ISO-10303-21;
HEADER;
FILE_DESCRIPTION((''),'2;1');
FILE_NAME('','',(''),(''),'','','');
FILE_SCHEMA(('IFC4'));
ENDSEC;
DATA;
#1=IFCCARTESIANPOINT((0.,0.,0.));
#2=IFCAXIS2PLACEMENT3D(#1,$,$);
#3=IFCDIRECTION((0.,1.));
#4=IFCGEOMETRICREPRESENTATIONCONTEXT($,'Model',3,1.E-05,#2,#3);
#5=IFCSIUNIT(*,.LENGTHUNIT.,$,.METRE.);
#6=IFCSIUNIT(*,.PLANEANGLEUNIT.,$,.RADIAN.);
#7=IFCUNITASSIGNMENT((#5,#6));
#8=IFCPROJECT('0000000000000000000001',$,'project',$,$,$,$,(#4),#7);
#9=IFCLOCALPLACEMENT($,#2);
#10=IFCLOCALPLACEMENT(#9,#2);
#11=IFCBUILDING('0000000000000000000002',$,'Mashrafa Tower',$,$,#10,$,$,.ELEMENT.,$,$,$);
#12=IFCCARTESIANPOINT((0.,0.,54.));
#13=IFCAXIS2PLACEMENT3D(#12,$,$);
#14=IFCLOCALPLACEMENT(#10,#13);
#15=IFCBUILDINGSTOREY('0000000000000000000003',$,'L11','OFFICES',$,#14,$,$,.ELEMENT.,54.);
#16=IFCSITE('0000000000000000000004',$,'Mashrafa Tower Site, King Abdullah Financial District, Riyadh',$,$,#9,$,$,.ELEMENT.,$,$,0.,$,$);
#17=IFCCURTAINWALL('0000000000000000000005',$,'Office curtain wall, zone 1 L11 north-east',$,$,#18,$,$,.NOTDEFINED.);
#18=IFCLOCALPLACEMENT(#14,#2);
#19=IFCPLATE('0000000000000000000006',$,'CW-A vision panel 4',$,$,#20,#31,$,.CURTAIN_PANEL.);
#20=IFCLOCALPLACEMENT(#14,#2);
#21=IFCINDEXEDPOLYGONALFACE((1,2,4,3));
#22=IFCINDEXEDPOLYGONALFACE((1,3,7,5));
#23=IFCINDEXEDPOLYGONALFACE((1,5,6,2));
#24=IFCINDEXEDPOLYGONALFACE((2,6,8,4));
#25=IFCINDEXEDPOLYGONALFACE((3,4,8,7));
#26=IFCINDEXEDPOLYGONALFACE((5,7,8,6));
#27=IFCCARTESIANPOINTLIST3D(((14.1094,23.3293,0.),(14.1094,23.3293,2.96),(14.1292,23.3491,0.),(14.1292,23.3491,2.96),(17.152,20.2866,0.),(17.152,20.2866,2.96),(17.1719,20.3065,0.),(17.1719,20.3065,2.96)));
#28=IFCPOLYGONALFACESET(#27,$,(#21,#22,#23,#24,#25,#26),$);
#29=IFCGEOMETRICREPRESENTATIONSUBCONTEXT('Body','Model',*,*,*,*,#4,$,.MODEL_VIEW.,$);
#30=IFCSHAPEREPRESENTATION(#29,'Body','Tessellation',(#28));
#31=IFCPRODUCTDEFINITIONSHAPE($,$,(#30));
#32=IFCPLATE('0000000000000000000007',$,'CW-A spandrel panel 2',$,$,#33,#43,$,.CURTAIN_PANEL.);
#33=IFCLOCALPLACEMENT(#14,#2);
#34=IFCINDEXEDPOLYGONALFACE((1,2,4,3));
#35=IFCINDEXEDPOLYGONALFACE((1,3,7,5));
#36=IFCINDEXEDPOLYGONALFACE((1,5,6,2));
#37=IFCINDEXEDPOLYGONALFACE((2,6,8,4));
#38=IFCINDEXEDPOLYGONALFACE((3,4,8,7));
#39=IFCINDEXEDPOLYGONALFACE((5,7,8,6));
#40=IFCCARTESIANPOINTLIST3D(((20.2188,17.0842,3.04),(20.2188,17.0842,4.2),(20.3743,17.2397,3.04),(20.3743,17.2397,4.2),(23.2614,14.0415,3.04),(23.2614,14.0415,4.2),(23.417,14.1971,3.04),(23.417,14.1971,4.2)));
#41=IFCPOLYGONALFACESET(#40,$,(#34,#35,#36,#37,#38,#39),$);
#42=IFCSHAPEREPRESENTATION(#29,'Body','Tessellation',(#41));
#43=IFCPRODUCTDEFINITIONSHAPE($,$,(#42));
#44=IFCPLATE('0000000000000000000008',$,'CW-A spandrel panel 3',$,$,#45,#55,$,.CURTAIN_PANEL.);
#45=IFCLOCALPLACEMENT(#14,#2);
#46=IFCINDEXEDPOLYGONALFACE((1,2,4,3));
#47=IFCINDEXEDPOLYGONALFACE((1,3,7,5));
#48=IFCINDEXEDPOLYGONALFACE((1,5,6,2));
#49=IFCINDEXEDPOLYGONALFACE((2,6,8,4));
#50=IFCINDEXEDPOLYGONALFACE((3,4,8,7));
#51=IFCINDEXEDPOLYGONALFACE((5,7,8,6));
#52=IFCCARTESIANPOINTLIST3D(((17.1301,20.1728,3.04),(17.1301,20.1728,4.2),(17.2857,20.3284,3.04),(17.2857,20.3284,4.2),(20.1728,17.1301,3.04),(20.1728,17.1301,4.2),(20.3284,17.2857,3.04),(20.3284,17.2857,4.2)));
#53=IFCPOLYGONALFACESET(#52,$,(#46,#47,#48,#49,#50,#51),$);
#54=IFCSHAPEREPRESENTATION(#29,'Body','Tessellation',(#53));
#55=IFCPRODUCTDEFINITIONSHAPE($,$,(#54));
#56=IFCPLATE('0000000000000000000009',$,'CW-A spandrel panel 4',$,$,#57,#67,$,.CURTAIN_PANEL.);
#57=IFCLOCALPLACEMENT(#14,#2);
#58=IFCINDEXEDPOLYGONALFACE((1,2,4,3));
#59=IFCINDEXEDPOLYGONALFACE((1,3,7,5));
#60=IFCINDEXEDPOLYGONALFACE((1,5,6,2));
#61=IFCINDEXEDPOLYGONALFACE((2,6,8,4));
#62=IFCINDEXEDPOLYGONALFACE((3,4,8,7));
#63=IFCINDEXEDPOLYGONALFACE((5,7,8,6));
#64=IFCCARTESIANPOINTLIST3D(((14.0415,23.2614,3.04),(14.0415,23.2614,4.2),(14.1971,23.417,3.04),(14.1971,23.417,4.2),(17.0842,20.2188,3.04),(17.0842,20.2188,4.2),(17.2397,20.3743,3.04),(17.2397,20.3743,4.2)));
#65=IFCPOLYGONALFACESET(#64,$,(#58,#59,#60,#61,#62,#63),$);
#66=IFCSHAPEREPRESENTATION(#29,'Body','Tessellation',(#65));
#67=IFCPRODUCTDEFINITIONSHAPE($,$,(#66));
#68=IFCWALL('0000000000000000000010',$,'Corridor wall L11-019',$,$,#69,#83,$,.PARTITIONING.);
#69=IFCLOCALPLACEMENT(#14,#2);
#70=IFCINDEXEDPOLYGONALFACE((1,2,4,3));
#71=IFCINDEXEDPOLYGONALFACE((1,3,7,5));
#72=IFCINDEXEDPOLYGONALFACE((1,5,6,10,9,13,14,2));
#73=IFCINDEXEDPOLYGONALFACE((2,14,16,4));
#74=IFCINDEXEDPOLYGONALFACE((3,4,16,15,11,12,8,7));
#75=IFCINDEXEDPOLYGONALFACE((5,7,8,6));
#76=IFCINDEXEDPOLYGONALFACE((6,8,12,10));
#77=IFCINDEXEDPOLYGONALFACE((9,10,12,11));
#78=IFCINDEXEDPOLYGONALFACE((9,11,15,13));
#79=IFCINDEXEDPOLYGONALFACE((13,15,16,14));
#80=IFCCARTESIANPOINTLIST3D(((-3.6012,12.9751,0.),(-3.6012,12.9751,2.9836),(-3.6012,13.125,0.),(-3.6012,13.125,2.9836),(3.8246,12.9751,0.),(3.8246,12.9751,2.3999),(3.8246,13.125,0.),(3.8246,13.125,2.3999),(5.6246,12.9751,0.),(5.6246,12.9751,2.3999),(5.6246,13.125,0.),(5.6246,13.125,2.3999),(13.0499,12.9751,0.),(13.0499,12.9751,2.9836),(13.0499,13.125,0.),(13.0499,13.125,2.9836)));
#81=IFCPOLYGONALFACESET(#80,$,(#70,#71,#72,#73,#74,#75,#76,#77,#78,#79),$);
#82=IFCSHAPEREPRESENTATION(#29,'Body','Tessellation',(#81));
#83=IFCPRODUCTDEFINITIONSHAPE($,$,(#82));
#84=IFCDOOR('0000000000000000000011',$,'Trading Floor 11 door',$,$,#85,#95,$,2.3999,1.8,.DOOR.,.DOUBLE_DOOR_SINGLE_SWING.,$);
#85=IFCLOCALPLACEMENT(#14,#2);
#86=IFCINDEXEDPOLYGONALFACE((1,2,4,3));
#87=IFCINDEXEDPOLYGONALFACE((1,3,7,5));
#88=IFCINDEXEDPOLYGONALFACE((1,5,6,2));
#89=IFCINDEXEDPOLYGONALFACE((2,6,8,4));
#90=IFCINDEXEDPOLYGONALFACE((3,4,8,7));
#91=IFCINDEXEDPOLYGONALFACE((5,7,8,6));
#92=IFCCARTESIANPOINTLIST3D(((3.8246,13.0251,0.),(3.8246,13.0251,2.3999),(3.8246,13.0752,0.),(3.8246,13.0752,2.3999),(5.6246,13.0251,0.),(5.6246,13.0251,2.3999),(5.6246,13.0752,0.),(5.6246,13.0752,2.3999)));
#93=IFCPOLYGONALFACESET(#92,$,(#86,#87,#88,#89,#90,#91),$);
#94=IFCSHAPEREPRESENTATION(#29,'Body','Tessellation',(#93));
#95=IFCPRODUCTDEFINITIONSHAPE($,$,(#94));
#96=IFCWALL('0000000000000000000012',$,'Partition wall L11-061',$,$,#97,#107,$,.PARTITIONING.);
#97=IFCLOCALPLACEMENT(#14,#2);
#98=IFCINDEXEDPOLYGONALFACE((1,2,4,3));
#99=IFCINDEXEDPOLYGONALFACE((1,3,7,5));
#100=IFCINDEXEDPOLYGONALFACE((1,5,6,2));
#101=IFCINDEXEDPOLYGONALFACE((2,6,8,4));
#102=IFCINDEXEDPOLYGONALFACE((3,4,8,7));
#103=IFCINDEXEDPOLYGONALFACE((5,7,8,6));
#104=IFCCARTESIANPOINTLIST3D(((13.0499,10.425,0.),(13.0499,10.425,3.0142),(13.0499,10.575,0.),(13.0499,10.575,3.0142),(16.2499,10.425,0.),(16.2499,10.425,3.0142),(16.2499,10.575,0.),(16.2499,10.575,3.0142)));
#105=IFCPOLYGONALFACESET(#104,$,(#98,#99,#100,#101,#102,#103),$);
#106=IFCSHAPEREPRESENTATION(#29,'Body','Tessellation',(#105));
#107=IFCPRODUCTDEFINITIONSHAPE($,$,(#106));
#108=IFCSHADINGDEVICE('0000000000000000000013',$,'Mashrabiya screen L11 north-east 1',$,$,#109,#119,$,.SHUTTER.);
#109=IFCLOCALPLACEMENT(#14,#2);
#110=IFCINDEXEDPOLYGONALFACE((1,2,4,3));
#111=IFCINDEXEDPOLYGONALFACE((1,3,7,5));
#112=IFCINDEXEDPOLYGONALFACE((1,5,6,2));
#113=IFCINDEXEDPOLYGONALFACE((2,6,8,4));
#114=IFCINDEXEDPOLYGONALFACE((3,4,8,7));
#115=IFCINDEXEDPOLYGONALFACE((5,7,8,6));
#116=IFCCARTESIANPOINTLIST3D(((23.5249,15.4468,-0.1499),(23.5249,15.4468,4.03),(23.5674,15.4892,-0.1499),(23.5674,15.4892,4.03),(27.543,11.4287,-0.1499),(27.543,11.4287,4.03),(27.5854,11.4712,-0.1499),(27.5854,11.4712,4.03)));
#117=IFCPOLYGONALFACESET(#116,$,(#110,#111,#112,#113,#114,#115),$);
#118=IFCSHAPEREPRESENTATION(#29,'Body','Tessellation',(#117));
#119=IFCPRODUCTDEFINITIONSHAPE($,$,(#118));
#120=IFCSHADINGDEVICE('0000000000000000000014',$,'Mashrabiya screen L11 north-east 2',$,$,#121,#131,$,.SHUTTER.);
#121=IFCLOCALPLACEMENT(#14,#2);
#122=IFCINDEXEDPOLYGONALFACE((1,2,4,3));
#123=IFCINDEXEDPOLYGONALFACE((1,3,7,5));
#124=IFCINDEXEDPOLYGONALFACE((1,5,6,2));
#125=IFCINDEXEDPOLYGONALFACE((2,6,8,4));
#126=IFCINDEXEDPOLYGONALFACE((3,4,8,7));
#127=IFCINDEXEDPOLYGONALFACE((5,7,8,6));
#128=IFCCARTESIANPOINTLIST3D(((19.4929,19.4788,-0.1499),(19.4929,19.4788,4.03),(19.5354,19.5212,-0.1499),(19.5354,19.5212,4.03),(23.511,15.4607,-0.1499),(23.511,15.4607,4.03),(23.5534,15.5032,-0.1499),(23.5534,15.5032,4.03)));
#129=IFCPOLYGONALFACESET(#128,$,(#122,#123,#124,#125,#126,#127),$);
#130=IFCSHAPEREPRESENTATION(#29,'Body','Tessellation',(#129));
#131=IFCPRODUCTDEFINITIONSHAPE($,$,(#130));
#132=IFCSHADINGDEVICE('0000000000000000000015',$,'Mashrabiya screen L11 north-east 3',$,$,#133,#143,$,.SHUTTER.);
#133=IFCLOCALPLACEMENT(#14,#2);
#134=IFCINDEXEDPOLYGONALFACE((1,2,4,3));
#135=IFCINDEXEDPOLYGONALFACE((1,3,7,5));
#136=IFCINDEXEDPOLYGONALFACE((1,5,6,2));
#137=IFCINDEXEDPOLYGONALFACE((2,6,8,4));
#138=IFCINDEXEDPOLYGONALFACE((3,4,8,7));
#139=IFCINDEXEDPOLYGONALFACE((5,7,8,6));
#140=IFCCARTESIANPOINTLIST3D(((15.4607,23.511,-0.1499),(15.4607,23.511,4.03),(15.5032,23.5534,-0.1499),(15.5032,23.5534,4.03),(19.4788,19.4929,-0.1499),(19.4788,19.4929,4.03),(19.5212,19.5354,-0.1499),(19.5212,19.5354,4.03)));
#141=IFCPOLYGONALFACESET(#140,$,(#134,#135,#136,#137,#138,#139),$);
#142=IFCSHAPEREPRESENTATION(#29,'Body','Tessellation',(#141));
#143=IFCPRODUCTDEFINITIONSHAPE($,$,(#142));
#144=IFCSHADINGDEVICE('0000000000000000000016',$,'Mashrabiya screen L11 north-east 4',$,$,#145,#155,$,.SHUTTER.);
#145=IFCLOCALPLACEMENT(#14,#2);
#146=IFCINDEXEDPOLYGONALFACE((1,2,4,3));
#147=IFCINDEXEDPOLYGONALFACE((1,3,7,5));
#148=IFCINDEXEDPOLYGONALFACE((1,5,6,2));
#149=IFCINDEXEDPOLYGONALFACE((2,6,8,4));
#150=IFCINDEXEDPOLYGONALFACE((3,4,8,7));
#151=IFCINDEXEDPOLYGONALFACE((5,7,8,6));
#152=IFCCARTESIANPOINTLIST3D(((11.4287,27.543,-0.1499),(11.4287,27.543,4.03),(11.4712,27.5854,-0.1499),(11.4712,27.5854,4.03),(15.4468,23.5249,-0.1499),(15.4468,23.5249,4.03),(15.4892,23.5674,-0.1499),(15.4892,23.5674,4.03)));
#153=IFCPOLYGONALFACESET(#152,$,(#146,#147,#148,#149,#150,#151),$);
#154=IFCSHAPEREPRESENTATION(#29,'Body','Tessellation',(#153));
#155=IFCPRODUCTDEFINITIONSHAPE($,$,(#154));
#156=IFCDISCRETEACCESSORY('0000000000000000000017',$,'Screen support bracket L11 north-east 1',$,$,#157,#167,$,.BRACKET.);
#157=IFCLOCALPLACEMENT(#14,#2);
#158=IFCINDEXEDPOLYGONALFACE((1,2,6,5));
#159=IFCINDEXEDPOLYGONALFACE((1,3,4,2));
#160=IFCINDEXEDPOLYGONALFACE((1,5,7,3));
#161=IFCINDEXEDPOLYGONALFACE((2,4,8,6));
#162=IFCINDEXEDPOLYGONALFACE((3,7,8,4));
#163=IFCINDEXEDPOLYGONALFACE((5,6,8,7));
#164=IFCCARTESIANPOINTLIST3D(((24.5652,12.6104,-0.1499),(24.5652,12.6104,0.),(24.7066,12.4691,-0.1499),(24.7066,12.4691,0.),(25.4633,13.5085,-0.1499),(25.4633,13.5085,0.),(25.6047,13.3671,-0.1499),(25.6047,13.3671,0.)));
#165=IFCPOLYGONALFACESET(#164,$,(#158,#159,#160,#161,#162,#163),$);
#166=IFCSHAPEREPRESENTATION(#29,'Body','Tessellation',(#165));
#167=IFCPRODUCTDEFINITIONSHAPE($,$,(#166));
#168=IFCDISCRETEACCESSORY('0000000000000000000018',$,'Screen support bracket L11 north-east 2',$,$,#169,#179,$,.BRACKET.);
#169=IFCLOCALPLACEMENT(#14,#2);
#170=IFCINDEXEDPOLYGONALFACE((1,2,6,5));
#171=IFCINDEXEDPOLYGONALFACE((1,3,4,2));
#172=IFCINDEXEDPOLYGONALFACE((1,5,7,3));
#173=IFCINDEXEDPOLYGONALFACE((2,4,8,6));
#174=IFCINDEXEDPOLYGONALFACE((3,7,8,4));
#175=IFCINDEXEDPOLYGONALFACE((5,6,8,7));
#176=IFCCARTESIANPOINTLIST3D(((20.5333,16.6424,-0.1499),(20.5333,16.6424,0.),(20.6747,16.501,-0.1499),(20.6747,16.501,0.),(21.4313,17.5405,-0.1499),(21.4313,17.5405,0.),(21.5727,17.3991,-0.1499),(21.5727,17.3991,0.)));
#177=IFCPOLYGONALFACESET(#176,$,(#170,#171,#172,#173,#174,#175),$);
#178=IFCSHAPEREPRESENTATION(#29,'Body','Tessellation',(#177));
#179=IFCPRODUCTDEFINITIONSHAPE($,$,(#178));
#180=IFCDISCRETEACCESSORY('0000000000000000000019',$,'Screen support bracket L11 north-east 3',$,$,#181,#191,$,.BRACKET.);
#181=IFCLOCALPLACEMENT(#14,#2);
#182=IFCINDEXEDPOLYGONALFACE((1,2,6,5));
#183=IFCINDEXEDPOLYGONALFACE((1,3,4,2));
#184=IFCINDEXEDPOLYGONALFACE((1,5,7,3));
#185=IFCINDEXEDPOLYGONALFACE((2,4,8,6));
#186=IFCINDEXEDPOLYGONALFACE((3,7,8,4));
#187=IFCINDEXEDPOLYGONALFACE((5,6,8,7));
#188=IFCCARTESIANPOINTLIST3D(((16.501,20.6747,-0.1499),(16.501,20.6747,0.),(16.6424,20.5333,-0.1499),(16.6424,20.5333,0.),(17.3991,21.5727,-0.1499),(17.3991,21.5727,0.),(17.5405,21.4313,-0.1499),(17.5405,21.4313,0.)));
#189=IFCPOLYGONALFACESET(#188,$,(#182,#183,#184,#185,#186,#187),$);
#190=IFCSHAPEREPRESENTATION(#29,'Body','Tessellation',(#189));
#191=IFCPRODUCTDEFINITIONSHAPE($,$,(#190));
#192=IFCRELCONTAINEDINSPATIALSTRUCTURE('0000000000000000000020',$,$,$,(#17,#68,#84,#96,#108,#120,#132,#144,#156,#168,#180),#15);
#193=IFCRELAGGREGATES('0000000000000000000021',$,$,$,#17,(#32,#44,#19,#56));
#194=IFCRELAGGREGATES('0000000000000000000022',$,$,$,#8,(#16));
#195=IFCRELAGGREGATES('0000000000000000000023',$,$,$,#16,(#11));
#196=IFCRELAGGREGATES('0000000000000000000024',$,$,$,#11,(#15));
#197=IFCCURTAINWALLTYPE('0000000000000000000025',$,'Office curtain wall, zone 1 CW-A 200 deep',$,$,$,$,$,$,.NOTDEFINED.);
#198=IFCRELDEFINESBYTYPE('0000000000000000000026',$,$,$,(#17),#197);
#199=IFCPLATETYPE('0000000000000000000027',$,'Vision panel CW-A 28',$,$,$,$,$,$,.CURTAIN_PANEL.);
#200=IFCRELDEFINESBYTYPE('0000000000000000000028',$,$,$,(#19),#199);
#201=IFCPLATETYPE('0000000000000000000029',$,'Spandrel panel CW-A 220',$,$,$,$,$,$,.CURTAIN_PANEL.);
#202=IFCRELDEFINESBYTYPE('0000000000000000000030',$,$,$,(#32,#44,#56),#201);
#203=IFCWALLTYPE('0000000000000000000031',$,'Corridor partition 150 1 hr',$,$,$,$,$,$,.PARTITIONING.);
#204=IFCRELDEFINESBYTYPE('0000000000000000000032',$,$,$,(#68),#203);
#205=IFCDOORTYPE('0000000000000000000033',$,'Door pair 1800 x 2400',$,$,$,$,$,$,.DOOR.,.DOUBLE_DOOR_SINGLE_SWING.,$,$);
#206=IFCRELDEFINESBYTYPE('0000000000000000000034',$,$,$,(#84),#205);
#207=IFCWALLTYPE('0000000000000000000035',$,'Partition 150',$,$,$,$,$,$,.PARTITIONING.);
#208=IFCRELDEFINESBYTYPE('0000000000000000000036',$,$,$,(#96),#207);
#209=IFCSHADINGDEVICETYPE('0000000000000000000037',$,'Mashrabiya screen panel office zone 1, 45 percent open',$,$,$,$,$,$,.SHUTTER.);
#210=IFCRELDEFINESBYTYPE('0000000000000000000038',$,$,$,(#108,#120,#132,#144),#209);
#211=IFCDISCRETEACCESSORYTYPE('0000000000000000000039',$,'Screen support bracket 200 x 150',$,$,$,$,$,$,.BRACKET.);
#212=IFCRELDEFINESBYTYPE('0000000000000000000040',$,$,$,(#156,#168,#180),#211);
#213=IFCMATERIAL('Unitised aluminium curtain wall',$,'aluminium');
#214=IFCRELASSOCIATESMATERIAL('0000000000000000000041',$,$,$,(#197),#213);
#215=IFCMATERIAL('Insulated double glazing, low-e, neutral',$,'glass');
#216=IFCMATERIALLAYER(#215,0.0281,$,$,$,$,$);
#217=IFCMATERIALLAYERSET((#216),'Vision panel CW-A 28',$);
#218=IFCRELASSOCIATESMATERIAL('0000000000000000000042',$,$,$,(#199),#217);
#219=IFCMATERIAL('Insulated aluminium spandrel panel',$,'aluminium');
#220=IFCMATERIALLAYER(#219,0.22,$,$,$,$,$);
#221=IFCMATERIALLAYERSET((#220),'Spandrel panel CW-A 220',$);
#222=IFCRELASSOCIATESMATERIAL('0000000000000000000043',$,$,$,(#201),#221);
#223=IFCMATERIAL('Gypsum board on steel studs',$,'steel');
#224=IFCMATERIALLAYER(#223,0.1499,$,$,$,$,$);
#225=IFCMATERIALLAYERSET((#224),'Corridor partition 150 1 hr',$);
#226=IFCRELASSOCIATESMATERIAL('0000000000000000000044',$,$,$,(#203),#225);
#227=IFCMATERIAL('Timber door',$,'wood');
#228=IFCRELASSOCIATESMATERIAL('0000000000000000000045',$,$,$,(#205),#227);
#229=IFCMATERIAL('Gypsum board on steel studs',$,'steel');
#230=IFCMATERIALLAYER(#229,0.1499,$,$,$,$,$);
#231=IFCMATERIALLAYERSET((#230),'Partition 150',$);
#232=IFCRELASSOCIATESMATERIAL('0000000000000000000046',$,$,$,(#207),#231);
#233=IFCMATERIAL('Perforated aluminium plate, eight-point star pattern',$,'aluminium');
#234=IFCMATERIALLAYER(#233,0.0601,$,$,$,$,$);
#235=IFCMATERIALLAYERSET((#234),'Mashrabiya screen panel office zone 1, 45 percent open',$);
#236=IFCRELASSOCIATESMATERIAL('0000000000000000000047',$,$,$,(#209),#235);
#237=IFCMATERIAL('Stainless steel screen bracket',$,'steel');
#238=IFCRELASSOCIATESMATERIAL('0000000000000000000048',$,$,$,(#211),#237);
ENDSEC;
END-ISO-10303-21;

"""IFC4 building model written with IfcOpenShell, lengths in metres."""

from ifc_helpers import new_model, si_unit, direction, frame, frame_2d, origin, origin_2d, place, context, subcontext, project, spatial, rectangle, extrude, source, transform, mapped, material, layer, layer_set, type_object, type_shapes, element, fill, aggregate, save


model = new_model("IFC4")

# Units and contexts
model_context = context("Model", 3, precision=1e-05, world=origin(), true_north=direction((0.0, 1.0)))
body_context = subcontext(model_context, "Body", "Model", "MODEL_VIEW")
ifc_project = project(units=[si_unit("LENGTHUNIT", "METRE"), si_unit("PLANEANGLEUNIT", "RADIAN")], contexts=[model_context])

# Site, building, storey
site_placement = place(None, origin())
site = spatial("IfcSite", under=ifc_project, at=site_placement, Name="Mashrafa Tower Site, King Abdullah Financial District, Riyadh", CompositionType="ELEMENT", RefElevation=0.0)
building_placement = place(site_placement, origin())
building = spatial("IfcBuilding", under=site, at=building_placement, Name="Mashrafa Tower", CompositionType="ELEMENT")
storey_placement = place(building_placement, frame((0.0, 0.0, 54.0)))
storey = spatial("IfcBuildingStorey", under=building, at=storey_placement, Name="L11", Description="OFFICES", CompositionType="ELEMENT", Elevation=54.0)

# Shared definitions
ifc_material_1 = material(Name="Unitised aluminium curtain wall", Category="aluminium")
curtain_wall_type = type_object("IfcCurtainWallType", Name="Office curtain wall, zone 1 CW-A 200 deep", PredefinedType="NOTDEFINED", material=ifc_material_1)

# Curtain wall, plates
curtain_wall_1_placement = place(storey_placement, origin())
curtain_wall_1 = element("IfcCurtainWall", 1, at=curtain_wall_1_placement, inside=storey, type_object=curtain_wall_type, Name="Office curtain wall, zone 1 L11 north-east", PredefinedType="NOTDEFINED")
ifc_material_2 = material(Name="Insulated double glazing, low-e, neutral", Category="glass")
ifc_layer_1 = layer(ifc_material_2, 0.0281)
ifc_layer_set_1 = layer_set([ifc_layer_1], Name="Vision panel CW-A 28")
plate_type_1 = type_object("IfcPlateType", Name="Vision panel CW-A 28", PredefinedType="CURTAIN_PANEL", material=ifc_layer_set_1)
ifc_material_3 = material(Name="Insulated aluminium spandrel panel", Category="aluminium")
ifc_layer_2 = layer(ifc_material_3, 0.22)
ifc_layer_set_2 = layer_set([ifc_layer_2], Name="Spandrel panel CW-A 220")
plate_type_2 = type_object("IfcPlateType", Name="Spandrel panel CW-A 220", PredefinedType="CURTAIN_PANEL", material=ifc_layer_set_2)
shared_shape_1 = source(origin(), body_context, "Body", "SweptSolid", [
    extrude(rectangle(XDim=4.303, YDim=0.0281, at=origin_2d()), origin(), (0.0, 0.0, 1.0), 2.96),
])
plate_1_placement = place(storey_placement, frame((15.6406, 21.8179, 0.0), z_axis=(0.0, 0.0, 1.0), x_axis=(-0.707107, 0.707107, 0.0)))
plate_1 = element("IfcPlate", 2, at=plate_1_placement, type_object=plate_type_1, Name="CW-A vision panel 4", PredefinedType="CURTAIN_PANEL", context=body_context, shape_type="MappedRepresentation", body=[
    mapped(shared_shape_1, transform((0.0, 0.0, 0.0))),
])
shared_shape_2 = source(origin(), body_context, "Body", "SweptSolid", [
    extrude(rectangle(XDim=4.303, YDim=0.22, at=origin_2d()), origin(), (0.0, 0.0, 1.0), 1.1599),
])
plate_2_placement = place(storey_placement, frame((21.8179, 15.6406, 3.04), z_axis=(0.0, 0.0, 1.0), x_axis=(-0.707107, 0.707107, 0.0)))
plate_2 = element("IfcPlate", 3, at=plate_2_placement, type_object=plate_type_2, Name="CW-A spandrel panel 2", PredefinedType="CURTAIN_PANEL", context=body_context, shape_type="MappedRepresentation", body=[
    mapped(shared_shape_2, transform((0.0, 0.0, 0.0))),
])
plate_3_placement = place(storey_placement, frame((18.7292, 18.7292, 3.04), z_axis=(0.0, 0.0, 1.0), x_axis=(-0.707107, 0.707107, 0.0)))
plate_3 = element("IfcPlate", 4, at=plate_3_placement, type_object=plate_type_2, Name="CW-A spandrel panel 3", PredefinedType="CURTAIN_PANEL", context=body_context, shape_type="MappedRepresentation", body=[
    mapped(shared_shape_2, transform((0.0, 0.0, 0.0))),
])
plate_4_placement = place(storey_placement, frame((15.6406, 21.8179, 3.04), z_axis=(0.0, 0.0, 1.0), x_axis=(-0.707107, 0.707107, 0.0)))
plate_4 = element("IfcPlate", 5, at=plate_4_placement, type_object=plate_type_2, Name="CW-A spandrel panel 4", PredefinedType="CURTAIN_PANEL", context=body_context, shape_type="MappedRepresentation", body=[
    mapped(shared_shape_2, transform((0.0, 0.0, 0.0))),
])
aggregate(curtain_wall_1, [plate_2, plate_3, plate_1, plate_4])

# Wall, opening, door
ifc_material_4 = material(Name="Gypsum board on steel studs", Category="steel")
ifc_layer_3 = layer(ifc_material_4, 0.1499)
ifc_layer_set_3 = layer_set([ifc_layer_3], Name="Corridor partition 150 1 hr")
wall_type_1 = type_object("IfcWallType", Name="Corridor partition 150 1 hr", PredefinedType="PARTITIONING", material=ifc_layer_set_3)
wall_1_placement = place(storey_placement, frame((13.05, 13.05, 0.0), z_axis=(0.0, 0.0, 1.0), x_axis=(-1.0, 0.0, 0.0)))
wall_1 = element("IfcWall", 6, at=wall_1_placement, inside=storey, type_object=wall_type_1, Name="Corridor wall L11-019", PredefinedType="PARTITIONING", context=body_context, shape_type="SweptSolid", body=[
    extrude(rectangle(XDim=16.6511, YDim=0.1499, at=frame_2d((8.3257, 0.0))), origin(), (0.0, 0.0, 1.0), 2.9836),
])
opening_placement = place(wall_1_placement, frame((7.4255, 0.0, 0.0)))
opening = element("IfcOpeningElement", 7, at=opening_placement, cuts=wall_1, PredefinedType="OPENING", context=body_context, shape_type="SweptSolid", body=[
    extrude(rectangle(XDim=1.8, YDim=2.3999, at=frame_2d((0.8999, 1.2))), frame((0.0, 0.085, 0.0), z_axis=(0.0, -1.0, 0.0), x_axis=(1.0, 0.0, 0.0)), (0.0, 0.0, 1.0), 0.1699),
])
ifc_material_5 = material(Name="Timber door", Category="wood")
door_type = type_object("IfcDoorType", Name="Door pair 1800 x 2400", OperationType="DOUBLE_DOOR_SINGLE_SWING", PredefinedType="DOOR", material=ifc_material_5)
door_placement = place(opening_placement, origin())
door = element("IfcDoor", 8, at=door_placement, inside=storey, type_object=door_type, Name="Trading Floor 11 door", OperationType="DOUBLE_DOOR_SINGLE_SWING", OverallHeight=2.3999, OverallWidth=1.8, PredefinedType="DOOR", context=body_context, shape_type="SweptSolid", body=[
    extrude(rectangle(XDim=1.8, YDim=2.3999, at=frame_2d((0.8999, 1.2))), frame((0.0, 0.0249, 0.0), z_axis=(0.0, -1.0, 0.0), x_axis=(1.0, 0.0, 0.0)), (0.0, 0.0, 1.0), 0.05),
])
fill(opening, door)

# Wall
ifc_material_6 = material(Name="Gypsum board on steel studs", Category="steel")
ifc_layer_4 = layer(ifc_material_6, 0.1499)
ifc_layer_set_4 = layer_set([ifc_layer_4], Name="Partition 150")
wall_type_2 = type_object("IfcWallType", Name="Partition 150", PredefinedType="PARTITIONING", material=ifc_layer_set_4)
wall_2_placement = place(storey_placement, frame((16.25, 10.5, 0.0), z_axis=(0.0, 0.0, 1.0), x_axis=(-1.0, 0.0, 0.0)))
element("IfcWall", 9, at=wall_2_placement, inside=storey, type_object=wall_type_2, Name="Partition wall L11-061", PredefinedType="PARTITIONING", context=body_context, shape_type="SweptSolid", body=[
    extrude(rectangle(XDim=3.2, YDim=0.1499, at=frame_2d((1.6001, 0.0))), origin(), (0.0, 0.0, 1.0), 3.0142),
])

# Shading devices
ifc_material_7 = material(Name="Perforated aluminium plate, eight-point star pattern", Category="aluminium")
ifc_layer_5 = layer(ifc_material_7, 0.0601)
ifc_layer_set_5 = layer_set([ifc_layer_5], Name="Mashrabiya screen panel office zone 1, 45 percent open")
shading_device_type = type_object("IfcShadingDeviceType", Name="Mashrabiya screen panel office zone 1, 45 percent open", PredefinedType="SHUTTER", material=ifc_layer_set_5)
shared_shape_3 = source(origin(), body_context, "Body", "SweptSolid", [
    extrude(rectangle(XDim=5.6824, YDim=0.0601, at=origin_2d()), origin(), (0.0, 0.0, 1.0), 4.1799),
])
type_shapes(shading_device_type, [shared_shape_3])
for number, where, z_axis, x_axis, name in (
    (10, (25.5552, 13.459, -0.1499), (0.0, 0.0, 1.0), (-0.707107, 0.707107, 0.0), "Mashrabiya screen L11 north-east 1"),
    (11, (21.5232, 17.491, -0.1499), (0.0, 0.0, 1.0), (-0.707107, 0.707107, 0.0), "Mashrabiya screen L11 north-east 2"),
    (12, (17.491, 21.5232, -0.1499), (0.0, 0.0, 1.0), (-0.707107, 0.707107, 0.0), "Mashrabiya screen L11 north-east 3"),
    (13, (13.459, 25.5552, -0.1499), (0.0, 0.0, 1.0), (-0.707107, 0.707107, 0.0), "Mashrabiya screen L11 north-east 4"),
):
    element("IfcShadingDevice", number, at=place(storey_placement, frame(where, z_axis=z_axis, x_axis=x_axis)), inside=storey, type_object=shading_device_type, Name=name, PredefinedType="SHUTTER", context=body_context, shape_type="MappedRepresentation", body=[
        mapped(shared_shape_3, transform((0.0, 0.0, 0.0))),
    ])

# Discrete accessories
ifc_material_8 = material(Name="Stainless steel screen bracket", Category="steel")
discrete_accessory_type = type_object("IfcDiscreteAccessoryType", Name="Screen support bracket 200 x 150", PredefinedType="BRACKET", material=ifc_material_8)
shared_shape_4 = source(origin(), body_context, "Body", "SweptSolid", [
    extrude(rectangle(XDim=0.2, YDim=1.27, at=origin_2d()), origin(), (0.0, 0.0, 1.0), 0.1499),
])
type_shapes(discrete_accessory_type, [shared_shape_4])
for number, where, z_axis, x_axis, name in (
    (14, (25.085, 12.9888, -0.1499), (0.0, 0.0, 1.0), (-0.707107, 0.707107, 0.0), "Screen support bracket L11 north-east 1"),
    (15, (21.053, 17.0208, -0.1499), (0.0, 0.0, 1.0), (-0.707107, 0.707107, 0.0), "Screen support bracket L11 north-east 2"),
    (16, (17.0208, 21.053, -0.1499), (0.0, 0.0, 1.0), (-0.707107, 0.707107, 0.0), "Screen support bracket L11 north-east 3"),
):
    element("IfcDiscreteAccessory", number, at=place(storey_placement, frame(where, z_axis=z_axis, x_axis=x_axis)), inside=storey, type_object=discrete_accessory_type, Name=name, PredefinedType="BRACKET", context=body_context, shape_type="MappedRepresentation", body=[
        mapped(shared_shape_4, transform((0.0, 0.0, 0.0))),
    ])

save(model, "model.ifc")
